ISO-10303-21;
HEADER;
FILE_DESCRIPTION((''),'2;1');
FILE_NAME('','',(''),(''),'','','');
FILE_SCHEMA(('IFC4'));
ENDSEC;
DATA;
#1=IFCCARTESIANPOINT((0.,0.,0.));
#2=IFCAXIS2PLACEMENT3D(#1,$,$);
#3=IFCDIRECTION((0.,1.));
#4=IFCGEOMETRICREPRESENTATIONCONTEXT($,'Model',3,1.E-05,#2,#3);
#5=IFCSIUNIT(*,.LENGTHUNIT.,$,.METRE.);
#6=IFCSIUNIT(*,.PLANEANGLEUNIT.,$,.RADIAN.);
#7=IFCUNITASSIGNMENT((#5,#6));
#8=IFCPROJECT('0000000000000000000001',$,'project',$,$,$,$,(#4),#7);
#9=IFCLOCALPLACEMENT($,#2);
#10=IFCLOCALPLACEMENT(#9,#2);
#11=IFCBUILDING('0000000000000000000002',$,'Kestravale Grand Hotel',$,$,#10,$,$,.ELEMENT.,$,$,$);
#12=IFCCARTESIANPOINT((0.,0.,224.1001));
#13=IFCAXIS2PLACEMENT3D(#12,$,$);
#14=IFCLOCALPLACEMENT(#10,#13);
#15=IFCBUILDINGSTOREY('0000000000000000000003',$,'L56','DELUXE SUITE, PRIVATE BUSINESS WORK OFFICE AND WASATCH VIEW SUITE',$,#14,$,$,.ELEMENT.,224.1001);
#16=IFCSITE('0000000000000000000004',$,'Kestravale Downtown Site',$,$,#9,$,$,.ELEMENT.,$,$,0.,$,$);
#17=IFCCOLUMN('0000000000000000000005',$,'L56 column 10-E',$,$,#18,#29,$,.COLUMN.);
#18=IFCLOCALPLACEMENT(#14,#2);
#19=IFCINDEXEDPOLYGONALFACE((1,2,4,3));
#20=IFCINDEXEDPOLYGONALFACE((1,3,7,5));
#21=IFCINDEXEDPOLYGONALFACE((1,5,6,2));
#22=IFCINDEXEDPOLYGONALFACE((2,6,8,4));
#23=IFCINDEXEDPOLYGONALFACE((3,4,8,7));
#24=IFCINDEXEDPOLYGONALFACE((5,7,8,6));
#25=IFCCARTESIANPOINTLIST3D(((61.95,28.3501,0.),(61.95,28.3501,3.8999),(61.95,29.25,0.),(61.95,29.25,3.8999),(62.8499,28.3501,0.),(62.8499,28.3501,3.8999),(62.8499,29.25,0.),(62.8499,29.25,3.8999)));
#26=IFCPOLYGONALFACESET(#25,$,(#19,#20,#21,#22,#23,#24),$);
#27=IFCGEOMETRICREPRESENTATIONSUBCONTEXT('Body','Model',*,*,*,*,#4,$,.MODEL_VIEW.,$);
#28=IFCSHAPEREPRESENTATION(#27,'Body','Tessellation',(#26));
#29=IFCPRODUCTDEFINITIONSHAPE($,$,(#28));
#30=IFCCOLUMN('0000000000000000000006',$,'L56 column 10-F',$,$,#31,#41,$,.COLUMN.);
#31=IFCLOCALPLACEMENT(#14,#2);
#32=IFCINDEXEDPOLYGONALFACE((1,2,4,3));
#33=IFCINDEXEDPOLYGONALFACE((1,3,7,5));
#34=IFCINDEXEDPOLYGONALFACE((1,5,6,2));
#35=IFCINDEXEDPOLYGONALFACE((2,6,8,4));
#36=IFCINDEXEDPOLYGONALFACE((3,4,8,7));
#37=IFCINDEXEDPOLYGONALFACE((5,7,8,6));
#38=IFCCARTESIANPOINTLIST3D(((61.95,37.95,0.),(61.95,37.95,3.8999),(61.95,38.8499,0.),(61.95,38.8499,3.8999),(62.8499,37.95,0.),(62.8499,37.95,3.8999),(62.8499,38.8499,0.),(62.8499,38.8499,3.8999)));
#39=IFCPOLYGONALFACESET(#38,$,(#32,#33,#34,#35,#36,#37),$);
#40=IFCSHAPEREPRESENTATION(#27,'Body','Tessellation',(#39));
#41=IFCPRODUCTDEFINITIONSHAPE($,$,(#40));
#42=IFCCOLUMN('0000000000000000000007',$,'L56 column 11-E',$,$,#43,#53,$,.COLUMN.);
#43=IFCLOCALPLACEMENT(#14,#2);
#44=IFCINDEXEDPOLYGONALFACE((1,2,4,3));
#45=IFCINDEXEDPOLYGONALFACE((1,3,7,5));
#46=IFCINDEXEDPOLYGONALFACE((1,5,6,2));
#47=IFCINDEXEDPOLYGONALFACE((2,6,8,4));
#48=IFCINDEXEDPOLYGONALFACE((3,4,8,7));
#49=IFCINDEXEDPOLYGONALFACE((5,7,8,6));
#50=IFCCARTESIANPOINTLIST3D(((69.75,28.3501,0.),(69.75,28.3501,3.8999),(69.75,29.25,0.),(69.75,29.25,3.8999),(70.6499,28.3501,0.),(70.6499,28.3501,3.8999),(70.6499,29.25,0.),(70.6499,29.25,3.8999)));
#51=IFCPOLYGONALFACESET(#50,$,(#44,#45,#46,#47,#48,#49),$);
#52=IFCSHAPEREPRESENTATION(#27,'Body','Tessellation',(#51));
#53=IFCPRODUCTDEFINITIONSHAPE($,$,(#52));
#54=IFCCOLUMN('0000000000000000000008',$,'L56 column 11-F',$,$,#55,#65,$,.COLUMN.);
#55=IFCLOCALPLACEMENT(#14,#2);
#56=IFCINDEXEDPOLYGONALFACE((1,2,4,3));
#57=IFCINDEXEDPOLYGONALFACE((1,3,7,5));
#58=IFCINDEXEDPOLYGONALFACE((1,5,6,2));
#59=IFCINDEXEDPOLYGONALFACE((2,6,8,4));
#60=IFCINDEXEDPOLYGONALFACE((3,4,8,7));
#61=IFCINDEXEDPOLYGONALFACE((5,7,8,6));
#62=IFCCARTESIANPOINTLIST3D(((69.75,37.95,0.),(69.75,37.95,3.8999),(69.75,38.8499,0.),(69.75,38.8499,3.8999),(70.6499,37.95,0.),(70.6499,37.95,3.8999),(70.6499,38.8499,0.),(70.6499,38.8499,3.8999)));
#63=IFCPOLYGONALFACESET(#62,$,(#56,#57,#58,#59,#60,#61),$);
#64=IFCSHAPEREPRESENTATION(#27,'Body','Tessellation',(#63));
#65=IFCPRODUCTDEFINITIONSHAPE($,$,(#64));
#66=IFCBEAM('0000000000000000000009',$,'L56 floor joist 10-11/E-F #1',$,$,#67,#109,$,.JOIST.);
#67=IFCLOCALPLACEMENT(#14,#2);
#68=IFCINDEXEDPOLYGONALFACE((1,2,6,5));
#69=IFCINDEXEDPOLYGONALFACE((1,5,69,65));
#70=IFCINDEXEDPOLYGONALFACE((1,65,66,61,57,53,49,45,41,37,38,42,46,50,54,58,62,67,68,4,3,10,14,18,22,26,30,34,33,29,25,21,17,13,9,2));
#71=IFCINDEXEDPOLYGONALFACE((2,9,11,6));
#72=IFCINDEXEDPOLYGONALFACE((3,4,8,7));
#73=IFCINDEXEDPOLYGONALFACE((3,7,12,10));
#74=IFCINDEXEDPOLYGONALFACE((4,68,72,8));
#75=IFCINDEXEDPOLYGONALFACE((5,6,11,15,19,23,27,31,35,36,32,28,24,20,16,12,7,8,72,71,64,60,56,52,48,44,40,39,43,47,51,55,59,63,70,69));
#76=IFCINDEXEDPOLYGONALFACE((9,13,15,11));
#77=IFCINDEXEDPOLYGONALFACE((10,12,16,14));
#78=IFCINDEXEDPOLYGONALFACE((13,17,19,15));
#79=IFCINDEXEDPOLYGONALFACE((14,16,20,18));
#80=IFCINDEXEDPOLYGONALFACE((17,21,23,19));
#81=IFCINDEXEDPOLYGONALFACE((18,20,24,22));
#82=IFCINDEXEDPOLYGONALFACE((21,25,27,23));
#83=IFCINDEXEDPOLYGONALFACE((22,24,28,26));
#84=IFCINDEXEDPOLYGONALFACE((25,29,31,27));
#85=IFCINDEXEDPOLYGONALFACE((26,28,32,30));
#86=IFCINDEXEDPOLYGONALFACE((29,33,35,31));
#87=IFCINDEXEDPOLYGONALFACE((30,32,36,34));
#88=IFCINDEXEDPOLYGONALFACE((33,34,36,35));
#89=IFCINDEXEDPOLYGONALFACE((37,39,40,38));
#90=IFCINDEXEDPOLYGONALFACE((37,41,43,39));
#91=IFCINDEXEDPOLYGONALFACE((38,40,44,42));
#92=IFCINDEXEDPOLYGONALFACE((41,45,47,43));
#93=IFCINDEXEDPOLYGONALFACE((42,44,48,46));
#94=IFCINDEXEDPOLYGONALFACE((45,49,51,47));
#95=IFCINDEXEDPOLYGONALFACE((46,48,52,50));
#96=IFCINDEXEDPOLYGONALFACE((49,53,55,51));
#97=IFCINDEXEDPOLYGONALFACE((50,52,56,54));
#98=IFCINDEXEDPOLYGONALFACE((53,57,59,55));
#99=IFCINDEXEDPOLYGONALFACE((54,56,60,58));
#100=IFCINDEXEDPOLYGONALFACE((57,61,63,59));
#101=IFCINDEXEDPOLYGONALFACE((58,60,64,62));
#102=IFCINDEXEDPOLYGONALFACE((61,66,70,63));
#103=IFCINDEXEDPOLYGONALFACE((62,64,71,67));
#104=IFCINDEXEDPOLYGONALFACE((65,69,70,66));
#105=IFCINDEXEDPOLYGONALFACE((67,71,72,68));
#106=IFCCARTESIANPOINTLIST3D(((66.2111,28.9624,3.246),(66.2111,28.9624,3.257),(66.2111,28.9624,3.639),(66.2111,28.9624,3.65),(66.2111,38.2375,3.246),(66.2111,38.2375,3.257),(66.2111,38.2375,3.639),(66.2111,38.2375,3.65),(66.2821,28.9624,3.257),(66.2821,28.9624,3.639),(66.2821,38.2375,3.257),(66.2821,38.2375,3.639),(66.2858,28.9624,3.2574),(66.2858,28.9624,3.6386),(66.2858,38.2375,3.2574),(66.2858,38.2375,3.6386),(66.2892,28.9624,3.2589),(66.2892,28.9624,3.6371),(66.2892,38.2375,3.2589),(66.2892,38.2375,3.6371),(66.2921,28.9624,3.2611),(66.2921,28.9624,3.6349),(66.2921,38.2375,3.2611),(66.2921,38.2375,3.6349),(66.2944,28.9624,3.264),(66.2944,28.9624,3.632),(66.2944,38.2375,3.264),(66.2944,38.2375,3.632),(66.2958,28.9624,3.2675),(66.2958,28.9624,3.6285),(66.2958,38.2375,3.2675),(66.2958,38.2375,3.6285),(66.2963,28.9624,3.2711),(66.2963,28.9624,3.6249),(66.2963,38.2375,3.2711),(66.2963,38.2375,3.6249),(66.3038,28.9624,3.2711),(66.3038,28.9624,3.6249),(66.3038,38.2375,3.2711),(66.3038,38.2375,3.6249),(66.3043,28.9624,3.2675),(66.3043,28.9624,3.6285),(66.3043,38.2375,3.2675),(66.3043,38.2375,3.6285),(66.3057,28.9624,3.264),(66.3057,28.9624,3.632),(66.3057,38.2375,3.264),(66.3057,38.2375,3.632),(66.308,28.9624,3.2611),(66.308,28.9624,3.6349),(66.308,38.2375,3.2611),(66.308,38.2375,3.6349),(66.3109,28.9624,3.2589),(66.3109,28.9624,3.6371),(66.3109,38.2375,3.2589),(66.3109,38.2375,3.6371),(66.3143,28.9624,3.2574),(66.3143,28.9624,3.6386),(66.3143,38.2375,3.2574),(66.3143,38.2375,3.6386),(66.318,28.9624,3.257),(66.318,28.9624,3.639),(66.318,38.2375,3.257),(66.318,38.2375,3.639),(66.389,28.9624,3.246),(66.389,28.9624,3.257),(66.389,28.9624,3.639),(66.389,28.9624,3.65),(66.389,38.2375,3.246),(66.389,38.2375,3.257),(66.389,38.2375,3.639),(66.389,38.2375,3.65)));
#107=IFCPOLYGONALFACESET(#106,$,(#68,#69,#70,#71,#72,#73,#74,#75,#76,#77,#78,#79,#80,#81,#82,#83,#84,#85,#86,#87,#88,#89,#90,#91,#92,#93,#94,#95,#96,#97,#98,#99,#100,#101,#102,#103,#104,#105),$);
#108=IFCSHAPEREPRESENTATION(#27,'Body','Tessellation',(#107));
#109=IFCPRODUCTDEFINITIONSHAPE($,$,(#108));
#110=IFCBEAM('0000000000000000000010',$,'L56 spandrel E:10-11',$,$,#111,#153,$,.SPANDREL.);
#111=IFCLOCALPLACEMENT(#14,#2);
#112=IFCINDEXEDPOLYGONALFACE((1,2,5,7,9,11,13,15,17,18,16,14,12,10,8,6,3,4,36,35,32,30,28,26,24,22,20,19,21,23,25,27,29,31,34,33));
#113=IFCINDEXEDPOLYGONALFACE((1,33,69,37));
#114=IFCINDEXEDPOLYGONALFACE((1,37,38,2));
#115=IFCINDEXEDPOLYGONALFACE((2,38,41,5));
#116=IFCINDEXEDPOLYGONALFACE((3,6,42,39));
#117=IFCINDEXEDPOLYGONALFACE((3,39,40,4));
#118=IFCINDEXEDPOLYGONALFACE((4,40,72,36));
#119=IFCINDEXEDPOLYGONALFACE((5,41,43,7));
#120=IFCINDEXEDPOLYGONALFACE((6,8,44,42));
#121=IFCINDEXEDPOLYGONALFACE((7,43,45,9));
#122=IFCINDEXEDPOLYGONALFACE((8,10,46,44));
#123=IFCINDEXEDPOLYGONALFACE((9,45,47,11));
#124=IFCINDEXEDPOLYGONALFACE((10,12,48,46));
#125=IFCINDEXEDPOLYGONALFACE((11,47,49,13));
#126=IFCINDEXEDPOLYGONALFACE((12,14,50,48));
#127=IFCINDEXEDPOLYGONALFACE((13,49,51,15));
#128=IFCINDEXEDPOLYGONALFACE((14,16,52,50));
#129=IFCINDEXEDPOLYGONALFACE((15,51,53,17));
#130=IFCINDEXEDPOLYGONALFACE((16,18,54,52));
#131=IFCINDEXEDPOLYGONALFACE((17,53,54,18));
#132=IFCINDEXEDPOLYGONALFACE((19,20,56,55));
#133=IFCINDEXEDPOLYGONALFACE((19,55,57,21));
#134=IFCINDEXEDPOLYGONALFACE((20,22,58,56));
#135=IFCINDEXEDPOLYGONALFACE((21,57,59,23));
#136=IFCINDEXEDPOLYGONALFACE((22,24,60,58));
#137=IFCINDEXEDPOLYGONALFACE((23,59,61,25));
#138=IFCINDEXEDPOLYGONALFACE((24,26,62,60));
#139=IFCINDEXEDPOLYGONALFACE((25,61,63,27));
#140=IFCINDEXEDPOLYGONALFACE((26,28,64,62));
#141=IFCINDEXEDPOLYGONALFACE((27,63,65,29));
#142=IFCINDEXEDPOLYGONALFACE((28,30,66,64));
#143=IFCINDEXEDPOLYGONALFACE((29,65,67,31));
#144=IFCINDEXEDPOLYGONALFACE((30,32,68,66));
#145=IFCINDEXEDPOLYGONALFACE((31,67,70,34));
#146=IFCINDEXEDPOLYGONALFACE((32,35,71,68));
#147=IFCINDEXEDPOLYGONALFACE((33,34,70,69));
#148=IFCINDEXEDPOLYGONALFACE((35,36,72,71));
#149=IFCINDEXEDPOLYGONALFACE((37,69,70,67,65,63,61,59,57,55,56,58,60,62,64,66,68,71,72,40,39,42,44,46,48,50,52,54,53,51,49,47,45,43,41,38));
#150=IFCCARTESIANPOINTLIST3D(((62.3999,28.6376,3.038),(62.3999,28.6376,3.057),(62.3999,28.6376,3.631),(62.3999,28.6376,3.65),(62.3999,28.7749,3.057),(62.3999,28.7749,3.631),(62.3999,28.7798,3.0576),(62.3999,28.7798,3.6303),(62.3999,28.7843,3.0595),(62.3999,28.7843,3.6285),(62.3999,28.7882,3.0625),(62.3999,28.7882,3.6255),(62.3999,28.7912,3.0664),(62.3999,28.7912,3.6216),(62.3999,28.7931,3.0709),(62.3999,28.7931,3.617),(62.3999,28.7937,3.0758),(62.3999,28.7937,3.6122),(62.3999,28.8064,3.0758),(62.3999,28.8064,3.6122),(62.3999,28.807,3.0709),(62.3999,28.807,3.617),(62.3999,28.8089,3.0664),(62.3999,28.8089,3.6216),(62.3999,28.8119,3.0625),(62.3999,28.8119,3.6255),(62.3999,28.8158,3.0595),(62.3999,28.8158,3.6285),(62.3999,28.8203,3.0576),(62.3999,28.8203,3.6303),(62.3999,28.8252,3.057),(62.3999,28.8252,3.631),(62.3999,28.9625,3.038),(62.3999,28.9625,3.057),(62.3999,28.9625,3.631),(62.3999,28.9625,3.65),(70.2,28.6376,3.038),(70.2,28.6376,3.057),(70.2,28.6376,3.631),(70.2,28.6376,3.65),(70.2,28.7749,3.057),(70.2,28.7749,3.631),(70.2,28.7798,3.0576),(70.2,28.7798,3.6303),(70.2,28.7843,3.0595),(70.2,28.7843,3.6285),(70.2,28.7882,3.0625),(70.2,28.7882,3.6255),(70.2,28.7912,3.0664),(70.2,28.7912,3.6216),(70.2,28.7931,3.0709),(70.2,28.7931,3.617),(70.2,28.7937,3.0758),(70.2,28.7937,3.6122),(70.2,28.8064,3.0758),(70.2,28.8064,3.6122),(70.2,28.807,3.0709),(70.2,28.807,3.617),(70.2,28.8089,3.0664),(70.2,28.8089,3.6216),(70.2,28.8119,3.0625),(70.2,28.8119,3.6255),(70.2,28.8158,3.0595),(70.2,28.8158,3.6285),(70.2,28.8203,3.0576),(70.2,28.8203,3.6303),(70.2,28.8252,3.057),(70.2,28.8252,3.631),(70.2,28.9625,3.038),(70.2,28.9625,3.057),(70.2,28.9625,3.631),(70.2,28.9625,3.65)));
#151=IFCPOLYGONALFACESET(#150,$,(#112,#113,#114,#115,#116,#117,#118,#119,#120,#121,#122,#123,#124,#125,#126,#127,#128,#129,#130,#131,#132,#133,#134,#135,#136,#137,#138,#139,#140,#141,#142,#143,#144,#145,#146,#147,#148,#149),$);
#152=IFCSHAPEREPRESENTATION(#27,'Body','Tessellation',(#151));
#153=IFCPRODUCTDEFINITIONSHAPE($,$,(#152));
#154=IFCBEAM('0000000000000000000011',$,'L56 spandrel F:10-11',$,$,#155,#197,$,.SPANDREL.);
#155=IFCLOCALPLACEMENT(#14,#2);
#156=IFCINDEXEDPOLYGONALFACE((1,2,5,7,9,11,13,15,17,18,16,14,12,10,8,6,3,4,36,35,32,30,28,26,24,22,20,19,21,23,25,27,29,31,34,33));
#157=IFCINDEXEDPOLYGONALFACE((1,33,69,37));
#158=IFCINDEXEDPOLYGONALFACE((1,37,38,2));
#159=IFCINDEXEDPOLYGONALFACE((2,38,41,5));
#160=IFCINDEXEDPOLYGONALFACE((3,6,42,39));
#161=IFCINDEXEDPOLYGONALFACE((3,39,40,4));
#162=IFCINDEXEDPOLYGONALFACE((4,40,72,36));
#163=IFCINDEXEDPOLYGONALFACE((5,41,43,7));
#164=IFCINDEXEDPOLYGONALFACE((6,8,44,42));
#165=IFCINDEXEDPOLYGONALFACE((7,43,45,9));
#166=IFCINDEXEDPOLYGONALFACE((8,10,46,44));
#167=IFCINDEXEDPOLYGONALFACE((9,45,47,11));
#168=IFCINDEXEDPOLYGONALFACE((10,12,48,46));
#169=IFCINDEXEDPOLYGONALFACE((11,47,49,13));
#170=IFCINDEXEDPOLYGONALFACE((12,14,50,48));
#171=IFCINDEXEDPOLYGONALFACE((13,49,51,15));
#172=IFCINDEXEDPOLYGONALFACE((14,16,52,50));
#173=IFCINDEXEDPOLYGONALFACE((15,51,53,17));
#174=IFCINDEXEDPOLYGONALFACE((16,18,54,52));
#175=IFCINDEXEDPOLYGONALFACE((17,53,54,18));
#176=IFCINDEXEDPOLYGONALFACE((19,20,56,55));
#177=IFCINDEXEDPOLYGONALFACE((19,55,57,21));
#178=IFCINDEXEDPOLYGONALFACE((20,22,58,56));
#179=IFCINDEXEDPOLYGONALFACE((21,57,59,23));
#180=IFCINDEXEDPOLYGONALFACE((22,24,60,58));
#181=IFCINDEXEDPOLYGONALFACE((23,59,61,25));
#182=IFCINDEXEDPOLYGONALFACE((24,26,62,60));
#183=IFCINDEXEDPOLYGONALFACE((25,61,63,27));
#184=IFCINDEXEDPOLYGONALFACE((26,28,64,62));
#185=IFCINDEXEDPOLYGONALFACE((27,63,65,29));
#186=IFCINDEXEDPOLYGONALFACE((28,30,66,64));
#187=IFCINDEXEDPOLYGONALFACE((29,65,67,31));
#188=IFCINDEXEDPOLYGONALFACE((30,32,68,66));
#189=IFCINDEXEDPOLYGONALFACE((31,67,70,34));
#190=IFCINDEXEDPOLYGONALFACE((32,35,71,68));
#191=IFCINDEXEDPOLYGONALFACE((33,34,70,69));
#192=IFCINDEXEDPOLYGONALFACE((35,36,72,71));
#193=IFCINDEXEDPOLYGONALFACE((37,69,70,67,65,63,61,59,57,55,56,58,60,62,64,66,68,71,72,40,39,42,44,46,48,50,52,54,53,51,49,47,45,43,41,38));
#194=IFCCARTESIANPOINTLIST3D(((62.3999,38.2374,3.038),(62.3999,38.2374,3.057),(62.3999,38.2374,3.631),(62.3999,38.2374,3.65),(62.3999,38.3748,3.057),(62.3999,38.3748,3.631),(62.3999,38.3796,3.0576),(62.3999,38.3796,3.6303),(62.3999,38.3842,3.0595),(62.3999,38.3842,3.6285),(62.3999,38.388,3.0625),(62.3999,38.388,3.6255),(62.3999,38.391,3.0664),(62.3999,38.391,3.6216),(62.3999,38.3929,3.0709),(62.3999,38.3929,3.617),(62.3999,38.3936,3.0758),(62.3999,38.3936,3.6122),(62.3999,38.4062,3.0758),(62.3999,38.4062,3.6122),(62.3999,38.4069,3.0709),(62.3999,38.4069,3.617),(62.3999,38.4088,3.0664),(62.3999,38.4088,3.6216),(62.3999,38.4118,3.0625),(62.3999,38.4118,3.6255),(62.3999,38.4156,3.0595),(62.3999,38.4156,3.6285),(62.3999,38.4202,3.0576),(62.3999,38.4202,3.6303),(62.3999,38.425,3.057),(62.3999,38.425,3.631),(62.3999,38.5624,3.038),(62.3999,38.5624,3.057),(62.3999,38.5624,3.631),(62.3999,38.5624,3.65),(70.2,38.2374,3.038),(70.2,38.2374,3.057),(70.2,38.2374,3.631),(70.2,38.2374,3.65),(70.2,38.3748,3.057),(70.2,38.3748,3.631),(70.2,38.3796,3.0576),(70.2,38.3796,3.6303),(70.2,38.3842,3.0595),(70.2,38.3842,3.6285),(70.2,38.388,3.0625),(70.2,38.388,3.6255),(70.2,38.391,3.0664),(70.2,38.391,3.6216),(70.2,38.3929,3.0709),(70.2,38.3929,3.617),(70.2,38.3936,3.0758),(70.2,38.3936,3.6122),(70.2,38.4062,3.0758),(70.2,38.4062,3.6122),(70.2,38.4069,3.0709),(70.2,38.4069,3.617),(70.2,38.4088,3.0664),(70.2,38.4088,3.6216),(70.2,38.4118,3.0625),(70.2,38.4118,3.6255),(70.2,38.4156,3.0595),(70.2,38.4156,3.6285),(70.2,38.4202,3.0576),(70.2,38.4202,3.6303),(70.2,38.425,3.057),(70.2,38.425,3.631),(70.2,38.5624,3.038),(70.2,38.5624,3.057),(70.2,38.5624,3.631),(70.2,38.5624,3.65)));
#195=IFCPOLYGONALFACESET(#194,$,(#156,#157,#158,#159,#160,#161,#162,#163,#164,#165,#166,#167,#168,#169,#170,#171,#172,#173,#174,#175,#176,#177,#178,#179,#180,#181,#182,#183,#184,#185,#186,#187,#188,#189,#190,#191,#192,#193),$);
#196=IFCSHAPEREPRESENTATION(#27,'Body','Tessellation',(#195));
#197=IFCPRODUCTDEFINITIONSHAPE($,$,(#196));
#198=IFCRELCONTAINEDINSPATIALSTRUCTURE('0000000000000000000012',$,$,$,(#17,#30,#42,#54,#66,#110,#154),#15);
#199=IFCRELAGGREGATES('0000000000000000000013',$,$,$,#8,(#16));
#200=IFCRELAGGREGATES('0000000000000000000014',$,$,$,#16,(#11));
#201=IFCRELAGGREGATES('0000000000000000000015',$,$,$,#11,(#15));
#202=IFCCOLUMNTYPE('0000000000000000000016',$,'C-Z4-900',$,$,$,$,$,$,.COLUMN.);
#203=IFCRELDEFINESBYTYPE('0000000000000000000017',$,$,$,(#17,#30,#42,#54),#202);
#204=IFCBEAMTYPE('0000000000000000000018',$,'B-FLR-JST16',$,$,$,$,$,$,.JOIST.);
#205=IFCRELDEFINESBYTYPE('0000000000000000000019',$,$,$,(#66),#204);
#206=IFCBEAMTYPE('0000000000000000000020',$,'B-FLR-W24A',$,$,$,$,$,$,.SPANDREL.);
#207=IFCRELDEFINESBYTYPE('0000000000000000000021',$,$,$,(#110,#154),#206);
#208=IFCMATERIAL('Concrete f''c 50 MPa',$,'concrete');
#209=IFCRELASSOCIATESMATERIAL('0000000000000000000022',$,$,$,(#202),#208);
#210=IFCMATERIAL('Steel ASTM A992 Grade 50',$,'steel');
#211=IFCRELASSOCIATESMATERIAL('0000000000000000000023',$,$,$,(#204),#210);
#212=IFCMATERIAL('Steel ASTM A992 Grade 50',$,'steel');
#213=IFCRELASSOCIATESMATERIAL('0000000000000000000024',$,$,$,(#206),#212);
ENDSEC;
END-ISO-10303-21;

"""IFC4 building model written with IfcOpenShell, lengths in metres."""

from ifc_helpers import new_model, si_unit, direction, frame, origin, origin_2d, place, context, subcontext, project, spatial, rectangle, i_section, extrude, material, material_profile, profile_set, type_object, element, save


model = new_model("IFC4")

# Units and contexts
model_context = context("Model", 3, precision=1e-05, world=origin(), true_north=direction((0.0, 1.0)))
body_context = subcontext(model_context, "Body", "Model", "MODEL_VIEW")
ifc_project = project(units=[si_unit("LENGTHUNIT", "METRE"), si_unit("PLANEANGLEUNIT", "RADIAN")], contexts=[model_context])

# Site, building, storey
site_placement = place(None, origin())
site = spatial("IfcSite", under=ifc_project, at=site_placement, Name="Kestravale Downtown Site", CompositionType="ELEMENT", RefElevation=0.0)
building_placement = place(site_placement, origin())
building = spatial("IfcBuilding", under=site, at=building_placement, Name="Kestravale Grand Hotel", CompositionType="ELEMENT")
storey_placement = place(building_placement, frame((0.0, 0.0, 224.1001)))
storey = spatial("IfcBuildingStorey", under=building, at=storey_placement, Name="L56", Description="DELUXE SUITE, PRIVATE BUSINESS WORK OFFICE AND WASATCH VIEW SUITE", CompositionType="ELEMENT", Elevation=224.1001)

# Columns
ifc_material_1 = material(Name="Concrete f'c 50 MPa", Category="concrete")
ifc_material_profile_1 = material_profile(ifc_material_1, rectangle(XDim=0.8999, YDim=0.8999, at=origin_2d()))
ifc_profile_set_1 = profile_set([ifc_material_profile_1], Name="Concrete f'c 50 MPa")
column_type = type_object("IfcColumnType", Name="C-Z4-900", PredefinedType="COLUMN", material=ifc_profile_set_1)
for number, where, z_axis, x_axis, name in (
    (1, (62.3999, 28.8, 0.0), (0.0, 0.0, 1.0), (1.0, 0.0, 0.0), "L56 column 10-E"),
    (2, (62.3999, 38.3999, 0.0), (0.0, 0.0, 1.0), (1.0, 0.0, 0.0), "L56 column 10-F"),
    (3, (70.2, 28.8, 0.0), (0.0, 0.0, 1.0), (1.0, 0.0, 0.0), "L56 column 11-E"),
    (4, (70.2, 38.3999, 0.0), (0.0, 0.0, 1.0), (1.0, 0.0, 0.0), "L56 column 11-F"),
):
    element("IfcColumn", number, at=place(storey_placement, frame(where, z_axis=z_axis, x_axis=x_axis)), inside=storey, type_object=column_type, Name=name, PredefinedType="COLUMN", context=body_context, shape_type="SweptSolid", body=[
        extrude(rectangle(XDim=0.8999, YDim=0.8999, at=origin_2d()), origin(), (0.0, 0.0, 1.0), 3.8999),
    ])

# Beams
ifc_material_2 = material(Name="Steel ASTM A992 Grade 50", Category="steel")
ifc_material_profile_2 = material_profile(ifc_material_2, i_section(OverallWidth=0.178, OverallDepth=0.4041, WebThickness=0.0076, FlangeThickness=0.011, FilletRadius=0.0142, at=origin_2d()))
ifc_profile_set_2 = profile_set([ifc_material_profile_2], Name="Steel ASTM A992 Grade 50")
beam_type_1 = type_object("IfcBeamType", Name="B-FLR-JST16", PredefinedType="JOIST", material=ifc_profile_set_2)
beam_1_placement = place(storey_placement, frame((66.3, 28.9624, 3.448), z_axis=(0.0, 1.0, 0.0), x_axis=(-1.0, 0.0, 0.0)))
element("IfcBeam", 5, at=beam_1_placement, inside=storey, type_object=beam_type_1, Name="L56 floor joist 10-11/E-F #1", PredefinedType="JOIST", context=body_context, shape_type="SweptSolid", body=[
    extrude(i_section(OverallWidth=0.178, OverallDepth=0.4041, WebThickness=0.0076, FlangeThickness=0.011, FilletRadius=0.0142, at=origin_2d()), origin(), (0.0, 0.0, 1.0), 9.2751),
])
ifc_material_3 = material(Name="Steel ASTM A992 Grade 50", Category="steel")
ifc_material_profile_3 = material_profile(ifc_material_3, i_section(OverallWidth=0.325, OverallDepth=0.6121, WebThickness=0.0127, FlangeThickness=0.019, FilletRadius=0.0188, at=origin_2d()))
ifc_profile_set_3 = profile_set([ifc_material_profile_3], Name="Steel ASTM A992 Grade 50")
beam_type_2 = type_object("IfcBeamType", Name="B-FLR-W24A", PredefinedType="SPANDREL", material=ifc_profile_set_3)
for number, where, z_axis, x_axis, name in (
    (6, (62.3999, 28.8, 3.344), (1.0, 0.0, 0.0), (0.0, 1.0, 0.0), "L56 spandrel E:10-11"),
    (7, (62.3999, 38.3999, 3.344), (1.0, 0.0, 0.0), (0.0, 1.0, 0.0), "L56 spandrel F:10-11"),
):
    element("IfcBeam", number, at=place(storey_placement, frame(where, z_axis=z_axis, x_axis=x_axis)), inside=storey, type_object=beam_type_2, Name=name, PredefinedType="SPANDREL", context=body_context, shape_type="SweptSolid", body=[
        extrude(i_section(OverallWidth=0.325, OverallDepth=0.6121, WebThickness=0.0127, FlangeThickness=0.019, FilletRadius=0.0188, at=origin_2d()), origin(), (0.0, 0.0, 1.0), 7.8),
    ])

save(model, "model.ifc")
